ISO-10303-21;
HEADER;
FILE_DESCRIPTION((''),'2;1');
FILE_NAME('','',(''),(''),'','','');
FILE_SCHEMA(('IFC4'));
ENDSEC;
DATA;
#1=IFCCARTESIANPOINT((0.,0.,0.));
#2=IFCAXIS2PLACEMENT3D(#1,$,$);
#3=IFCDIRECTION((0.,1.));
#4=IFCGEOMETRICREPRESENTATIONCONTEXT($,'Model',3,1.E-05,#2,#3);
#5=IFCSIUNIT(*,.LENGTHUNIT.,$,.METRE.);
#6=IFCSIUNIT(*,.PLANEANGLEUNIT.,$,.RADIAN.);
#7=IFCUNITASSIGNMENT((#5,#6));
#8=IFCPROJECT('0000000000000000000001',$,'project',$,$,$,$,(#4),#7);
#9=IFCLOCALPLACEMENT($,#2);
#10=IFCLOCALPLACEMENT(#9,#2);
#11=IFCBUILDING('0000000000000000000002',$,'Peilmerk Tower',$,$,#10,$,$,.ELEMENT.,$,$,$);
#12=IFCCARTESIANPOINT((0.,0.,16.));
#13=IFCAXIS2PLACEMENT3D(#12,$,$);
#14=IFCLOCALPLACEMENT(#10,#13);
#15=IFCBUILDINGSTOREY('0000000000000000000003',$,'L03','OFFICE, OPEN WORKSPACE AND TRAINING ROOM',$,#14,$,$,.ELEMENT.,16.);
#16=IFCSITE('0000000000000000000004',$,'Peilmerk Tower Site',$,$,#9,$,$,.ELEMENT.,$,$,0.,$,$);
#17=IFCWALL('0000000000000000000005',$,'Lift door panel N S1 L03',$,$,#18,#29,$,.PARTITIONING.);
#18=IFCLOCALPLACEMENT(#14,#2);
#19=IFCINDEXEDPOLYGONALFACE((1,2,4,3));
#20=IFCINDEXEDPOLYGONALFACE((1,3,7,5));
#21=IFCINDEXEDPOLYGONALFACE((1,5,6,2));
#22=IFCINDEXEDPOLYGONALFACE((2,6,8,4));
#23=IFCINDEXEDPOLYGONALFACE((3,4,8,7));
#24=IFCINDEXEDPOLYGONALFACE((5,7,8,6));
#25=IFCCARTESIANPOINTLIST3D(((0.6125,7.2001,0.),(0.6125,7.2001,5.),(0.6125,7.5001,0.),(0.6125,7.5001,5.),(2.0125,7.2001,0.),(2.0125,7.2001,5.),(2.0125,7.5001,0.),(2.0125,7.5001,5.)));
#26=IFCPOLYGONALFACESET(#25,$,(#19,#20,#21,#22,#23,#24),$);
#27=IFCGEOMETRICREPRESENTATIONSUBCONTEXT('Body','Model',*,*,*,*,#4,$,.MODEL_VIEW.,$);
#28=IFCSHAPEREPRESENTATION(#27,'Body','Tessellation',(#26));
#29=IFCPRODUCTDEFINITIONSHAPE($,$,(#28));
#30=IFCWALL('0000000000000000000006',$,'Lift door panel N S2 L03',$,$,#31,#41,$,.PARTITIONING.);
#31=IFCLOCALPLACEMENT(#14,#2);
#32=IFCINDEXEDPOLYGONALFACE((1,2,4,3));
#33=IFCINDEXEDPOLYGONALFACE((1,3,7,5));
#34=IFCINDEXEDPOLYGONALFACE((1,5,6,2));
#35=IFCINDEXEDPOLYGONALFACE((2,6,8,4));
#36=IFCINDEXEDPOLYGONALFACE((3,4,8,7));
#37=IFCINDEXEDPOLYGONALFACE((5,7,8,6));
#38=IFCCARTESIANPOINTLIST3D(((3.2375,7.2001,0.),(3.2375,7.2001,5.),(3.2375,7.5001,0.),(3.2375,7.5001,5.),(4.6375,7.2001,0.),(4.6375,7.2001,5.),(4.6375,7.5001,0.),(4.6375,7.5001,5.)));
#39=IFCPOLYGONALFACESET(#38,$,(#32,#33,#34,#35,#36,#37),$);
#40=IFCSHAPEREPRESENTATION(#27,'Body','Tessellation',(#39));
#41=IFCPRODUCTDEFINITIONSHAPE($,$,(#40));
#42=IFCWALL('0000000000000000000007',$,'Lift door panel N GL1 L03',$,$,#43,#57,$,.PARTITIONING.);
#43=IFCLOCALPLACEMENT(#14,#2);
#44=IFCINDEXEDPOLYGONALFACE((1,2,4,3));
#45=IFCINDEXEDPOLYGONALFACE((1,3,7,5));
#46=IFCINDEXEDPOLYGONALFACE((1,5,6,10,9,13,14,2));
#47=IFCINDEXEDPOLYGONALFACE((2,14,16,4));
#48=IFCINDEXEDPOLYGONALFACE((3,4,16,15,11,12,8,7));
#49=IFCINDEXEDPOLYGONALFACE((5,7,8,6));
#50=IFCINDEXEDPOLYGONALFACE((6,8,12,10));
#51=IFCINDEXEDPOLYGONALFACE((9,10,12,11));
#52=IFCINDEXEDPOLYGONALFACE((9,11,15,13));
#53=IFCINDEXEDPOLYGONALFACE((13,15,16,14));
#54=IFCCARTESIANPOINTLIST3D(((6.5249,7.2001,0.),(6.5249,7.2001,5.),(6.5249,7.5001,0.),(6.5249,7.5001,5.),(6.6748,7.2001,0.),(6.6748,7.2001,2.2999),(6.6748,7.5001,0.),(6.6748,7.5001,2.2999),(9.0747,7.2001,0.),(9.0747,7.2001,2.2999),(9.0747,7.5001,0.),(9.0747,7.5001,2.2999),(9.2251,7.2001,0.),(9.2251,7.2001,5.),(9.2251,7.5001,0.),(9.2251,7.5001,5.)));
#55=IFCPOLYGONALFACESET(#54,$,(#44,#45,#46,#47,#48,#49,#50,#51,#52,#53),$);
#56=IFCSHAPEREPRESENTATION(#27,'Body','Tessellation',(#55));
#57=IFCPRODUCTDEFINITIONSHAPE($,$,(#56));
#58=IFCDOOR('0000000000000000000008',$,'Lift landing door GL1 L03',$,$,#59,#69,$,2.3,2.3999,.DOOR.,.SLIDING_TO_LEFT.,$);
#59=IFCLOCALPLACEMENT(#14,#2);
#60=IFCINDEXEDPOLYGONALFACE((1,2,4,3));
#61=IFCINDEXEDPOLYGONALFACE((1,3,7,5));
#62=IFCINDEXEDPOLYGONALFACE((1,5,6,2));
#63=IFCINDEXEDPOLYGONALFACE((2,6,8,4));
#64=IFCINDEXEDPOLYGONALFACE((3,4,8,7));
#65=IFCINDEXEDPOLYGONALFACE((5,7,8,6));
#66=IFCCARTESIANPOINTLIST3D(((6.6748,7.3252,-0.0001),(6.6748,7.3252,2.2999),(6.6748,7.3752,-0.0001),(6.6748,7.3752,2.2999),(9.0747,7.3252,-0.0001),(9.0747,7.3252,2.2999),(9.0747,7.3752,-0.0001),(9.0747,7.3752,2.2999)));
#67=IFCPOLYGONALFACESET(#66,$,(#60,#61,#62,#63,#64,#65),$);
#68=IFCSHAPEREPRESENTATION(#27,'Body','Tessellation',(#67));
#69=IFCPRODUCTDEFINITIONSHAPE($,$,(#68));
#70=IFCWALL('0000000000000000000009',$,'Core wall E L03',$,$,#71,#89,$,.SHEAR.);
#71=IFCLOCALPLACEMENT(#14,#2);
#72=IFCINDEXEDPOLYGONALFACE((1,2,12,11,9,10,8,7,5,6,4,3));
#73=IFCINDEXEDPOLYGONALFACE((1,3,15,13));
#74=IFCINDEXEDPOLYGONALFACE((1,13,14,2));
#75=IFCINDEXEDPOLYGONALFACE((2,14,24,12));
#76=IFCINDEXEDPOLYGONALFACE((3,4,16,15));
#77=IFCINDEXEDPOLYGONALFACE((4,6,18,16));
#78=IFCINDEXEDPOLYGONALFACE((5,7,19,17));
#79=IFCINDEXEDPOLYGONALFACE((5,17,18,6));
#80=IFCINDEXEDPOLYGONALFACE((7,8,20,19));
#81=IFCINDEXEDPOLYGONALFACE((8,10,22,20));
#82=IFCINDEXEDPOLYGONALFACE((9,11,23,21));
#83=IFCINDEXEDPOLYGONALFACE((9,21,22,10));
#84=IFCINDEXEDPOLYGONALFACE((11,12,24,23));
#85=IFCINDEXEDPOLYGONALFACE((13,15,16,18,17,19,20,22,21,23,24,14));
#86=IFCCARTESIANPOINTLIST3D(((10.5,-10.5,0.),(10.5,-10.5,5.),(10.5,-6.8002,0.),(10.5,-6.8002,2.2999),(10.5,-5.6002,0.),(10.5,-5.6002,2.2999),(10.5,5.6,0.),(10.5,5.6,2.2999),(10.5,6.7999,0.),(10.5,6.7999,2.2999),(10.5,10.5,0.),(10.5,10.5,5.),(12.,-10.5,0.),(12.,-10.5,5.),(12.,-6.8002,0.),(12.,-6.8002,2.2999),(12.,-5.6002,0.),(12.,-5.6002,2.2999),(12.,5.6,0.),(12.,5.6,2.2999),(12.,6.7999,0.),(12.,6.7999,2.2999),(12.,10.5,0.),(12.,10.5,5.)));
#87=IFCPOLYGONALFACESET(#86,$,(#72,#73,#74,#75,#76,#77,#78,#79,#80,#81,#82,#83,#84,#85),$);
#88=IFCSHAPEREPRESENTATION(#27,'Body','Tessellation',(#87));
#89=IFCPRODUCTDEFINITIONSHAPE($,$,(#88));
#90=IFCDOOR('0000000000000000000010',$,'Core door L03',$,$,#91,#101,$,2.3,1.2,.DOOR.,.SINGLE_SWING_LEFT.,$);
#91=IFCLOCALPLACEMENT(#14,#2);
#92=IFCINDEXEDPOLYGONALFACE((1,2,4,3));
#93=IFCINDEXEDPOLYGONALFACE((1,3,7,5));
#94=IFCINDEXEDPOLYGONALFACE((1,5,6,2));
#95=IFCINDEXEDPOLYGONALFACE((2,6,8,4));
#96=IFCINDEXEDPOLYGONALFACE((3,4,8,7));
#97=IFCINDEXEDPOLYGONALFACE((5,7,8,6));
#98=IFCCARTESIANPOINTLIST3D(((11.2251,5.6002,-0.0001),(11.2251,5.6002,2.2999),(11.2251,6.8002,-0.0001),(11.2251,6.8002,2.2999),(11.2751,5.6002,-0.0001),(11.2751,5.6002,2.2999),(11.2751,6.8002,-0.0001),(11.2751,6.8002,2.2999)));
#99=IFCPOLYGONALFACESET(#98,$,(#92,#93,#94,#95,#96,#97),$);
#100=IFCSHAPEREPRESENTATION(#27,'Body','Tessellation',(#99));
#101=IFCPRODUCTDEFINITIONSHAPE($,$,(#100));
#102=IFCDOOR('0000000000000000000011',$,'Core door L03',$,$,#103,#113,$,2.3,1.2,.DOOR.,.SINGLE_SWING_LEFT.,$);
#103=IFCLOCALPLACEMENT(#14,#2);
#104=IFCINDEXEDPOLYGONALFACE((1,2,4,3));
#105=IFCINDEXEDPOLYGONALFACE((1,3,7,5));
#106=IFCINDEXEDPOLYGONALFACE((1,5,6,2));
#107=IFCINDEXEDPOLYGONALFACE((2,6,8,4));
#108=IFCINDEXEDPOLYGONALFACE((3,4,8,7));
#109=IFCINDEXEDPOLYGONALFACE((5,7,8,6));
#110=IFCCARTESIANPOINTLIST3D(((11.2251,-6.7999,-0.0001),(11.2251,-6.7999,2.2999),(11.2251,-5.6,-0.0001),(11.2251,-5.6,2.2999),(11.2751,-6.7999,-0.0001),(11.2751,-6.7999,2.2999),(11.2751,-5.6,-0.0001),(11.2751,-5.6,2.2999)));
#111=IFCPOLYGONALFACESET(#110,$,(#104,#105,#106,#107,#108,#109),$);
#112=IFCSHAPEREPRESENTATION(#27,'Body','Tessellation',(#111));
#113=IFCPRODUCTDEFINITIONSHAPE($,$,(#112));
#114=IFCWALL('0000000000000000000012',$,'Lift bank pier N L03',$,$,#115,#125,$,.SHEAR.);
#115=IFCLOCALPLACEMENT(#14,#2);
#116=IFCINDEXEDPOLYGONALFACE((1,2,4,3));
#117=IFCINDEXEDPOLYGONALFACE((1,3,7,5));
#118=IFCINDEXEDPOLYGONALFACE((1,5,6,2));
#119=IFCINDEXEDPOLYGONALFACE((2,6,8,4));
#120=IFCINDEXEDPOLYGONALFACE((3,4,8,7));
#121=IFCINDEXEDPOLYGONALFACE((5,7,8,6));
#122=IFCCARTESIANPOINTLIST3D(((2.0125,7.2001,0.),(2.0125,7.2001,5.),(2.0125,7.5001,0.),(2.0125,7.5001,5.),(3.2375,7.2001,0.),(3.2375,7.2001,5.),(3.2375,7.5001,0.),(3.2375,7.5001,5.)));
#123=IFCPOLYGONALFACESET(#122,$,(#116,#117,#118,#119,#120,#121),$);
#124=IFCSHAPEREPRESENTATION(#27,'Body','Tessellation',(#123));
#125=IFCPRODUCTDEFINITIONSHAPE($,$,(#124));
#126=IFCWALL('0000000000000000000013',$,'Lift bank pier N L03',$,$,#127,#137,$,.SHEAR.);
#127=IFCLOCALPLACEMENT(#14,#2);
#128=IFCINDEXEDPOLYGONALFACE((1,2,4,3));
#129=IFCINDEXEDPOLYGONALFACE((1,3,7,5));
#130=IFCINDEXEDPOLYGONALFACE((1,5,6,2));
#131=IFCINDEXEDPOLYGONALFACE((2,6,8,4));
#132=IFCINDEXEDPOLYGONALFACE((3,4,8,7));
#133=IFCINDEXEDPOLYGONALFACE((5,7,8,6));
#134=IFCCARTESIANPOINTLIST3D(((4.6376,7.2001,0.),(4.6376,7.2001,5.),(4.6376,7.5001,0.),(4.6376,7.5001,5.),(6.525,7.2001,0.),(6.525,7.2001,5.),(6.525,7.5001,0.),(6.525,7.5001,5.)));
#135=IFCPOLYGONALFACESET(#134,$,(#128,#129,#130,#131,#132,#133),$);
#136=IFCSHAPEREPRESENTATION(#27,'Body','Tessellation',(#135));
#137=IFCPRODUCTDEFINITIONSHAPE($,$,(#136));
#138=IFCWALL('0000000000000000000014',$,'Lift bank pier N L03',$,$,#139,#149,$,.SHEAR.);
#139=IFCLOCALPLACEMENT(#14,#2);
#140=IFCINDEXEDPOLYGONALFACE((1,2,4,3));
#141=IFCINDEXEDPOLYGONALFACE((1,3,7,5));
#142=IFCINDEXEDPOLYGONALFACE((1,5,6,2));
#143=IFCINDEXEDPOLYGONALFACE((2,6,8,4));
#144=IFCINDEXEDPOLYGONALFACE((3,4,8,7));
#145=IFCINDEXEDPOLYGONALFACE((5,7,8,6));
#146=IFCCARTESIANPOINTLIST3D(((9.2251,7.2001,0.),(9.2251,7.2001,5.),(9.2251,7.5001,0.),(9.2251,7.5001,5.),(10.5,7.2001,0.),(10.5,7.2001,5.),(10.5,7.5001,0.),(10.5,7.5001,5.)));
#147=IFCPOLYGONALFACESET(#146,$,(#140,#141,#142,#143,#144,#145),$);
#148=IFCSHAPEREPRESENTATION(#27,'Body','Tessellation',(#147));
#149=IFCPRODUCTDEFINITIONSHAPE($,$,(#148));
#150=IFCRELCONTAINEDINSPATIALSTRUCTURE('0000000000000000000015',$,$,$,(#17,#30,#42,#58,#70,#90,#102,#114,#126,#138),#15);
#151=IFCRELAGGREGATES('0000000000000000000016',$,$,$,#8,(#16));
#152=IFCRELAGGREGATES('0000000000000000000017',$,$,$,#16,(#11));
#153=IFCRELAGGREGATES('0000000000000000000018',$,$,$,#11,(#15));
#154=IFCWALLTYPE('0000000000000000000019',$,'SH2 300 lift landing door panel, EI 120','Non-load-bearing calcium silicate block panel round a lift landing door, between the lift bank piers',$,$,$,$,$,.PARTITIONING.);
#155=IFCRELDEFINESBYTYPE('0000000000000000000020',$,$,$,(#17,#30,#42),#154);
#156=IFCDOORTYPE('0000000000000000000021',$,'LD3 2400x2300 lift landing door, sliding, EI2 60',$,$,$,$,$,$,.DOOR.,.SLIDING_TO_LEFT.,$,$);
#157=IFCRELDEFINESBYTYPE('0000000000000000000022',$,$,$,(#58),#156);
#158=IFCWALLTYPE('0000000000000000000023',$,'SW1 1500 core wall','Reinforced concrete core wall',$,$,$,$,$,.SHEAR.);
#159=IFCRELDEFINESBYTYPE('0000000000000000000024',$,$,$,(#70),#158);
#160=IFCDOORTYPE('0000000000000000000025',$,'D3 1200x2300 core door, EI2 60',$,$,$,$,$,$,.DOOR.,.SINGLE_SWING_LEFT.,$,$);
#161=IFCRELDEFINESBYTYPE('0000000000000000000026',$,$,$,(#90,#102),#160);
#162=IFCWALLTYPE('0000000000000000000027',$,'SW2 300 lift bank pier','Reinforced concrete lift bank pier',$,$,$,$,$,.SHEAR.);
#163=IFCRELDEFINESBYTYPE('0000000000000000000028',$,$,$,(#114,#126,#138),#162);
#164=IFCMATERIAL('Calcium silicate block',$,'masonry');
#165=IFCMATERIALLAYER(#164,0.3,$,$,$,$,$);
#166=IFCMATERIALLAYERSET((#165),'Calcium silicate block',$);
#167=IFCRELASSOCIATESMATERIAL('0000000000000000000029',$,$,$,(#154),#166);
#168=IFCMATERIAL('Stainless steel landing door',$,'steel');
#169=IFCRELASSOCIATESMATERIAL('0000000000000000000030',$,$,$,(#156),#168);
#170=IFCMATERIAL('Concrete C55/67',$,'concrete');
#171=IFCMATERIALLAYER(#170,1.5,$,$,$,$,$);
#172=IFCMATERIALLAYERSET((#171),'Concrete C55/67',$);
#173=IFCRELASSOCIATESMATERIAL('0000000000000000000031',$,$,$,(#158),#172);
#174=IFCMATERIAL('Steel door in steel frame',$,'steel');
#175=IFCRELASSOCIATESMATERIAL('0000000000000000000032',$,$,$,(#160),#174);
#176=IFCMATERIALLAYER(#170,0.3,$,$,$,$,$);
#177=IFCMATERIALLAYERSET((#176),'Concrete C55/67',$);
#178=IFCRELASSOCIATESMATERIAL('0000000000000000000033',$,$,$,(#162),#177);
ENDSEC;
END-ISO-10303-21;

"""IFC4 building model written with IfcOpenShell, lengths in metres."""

from ifc_helpers import new_model, si_unit, direction, frame, frame_2d, origin, place, context, subcontext, project, spatial, rectangle, extrude, material, layer, layer_set, type_object, element, fill, save


model = new_model("IFC4")

# Units and contexts
model_context = context("Model", 3, precision=1e-05, world=origin(), true_north=direction((0.0, 1.0)))
body_context = subcontext(model_context, "Body", "Model", "MODEL_VIEW")
ifc_project = project(units=[si_unit("LENGTHUNIT", "METRE"), si_unit("PLANEANGLEUNIT", "RADIAN")], contexts=[model_context])

# Site, building, storey
site_placement = place(None, origin())
site = spatial("IfcSite", under=ifc_project, at=site_placement, Name="Peilmerk Tower Site", CompositionType="ELEMENT", RefElevation=0.0)
building_placement = place(site_placement, origin())
building = spatial("IfcBuilding", under=site, at=building_placement, Name="Peilmerk Tower", CompositionType="ELEMENT")
storey_placement = place(building_placement, frame((0.0, 0.0, 16.0)))
storey = spatial("IfcBuildingStorey", under=building, at=storey_placement, Name="L03", Description="OFFICE, OPEN WORKSPACE AND TRAINING ROOM", CompositionType="ELEMENT", Elevation=16.0)

# Shared definitions
ifc_material_1 = material(Name="Steel door in steel frame", Category="steel")

# Walls
ifc_material_2 = material(Name="Calcium silicate block", Category="masonry")
ifc_layer_1 = layer(ifc_material_2, 0.3)
ifc_layer_set_1 = layer_set([ifc_layer_1], Name="Calcium silicate block")
wall_type_1 = type_object("IfcWallType", Name="SH2 300 lift landing door panel, EI 120", Description="Non-load-bearing calcium silicate block panel round a lift landing door, between the lift bank piers", PredefinedType="PARTITIONING", material=ifc_layer_set_1)
for number, where, z_axis, x_axis, name in (
    (1, (0.6125, 7.3501, 0.0), (0.0, 0.0, 1.0), (1.0, 0.0, 0.0), "Lift door panel N S1 L03"),
    (2, (3.2375, 7.3501, 0.0), (0.0, 0.0, 1.0), (1.0, 0.0, 0.0), "Lift door panel N S2 L03"),
):
    element("IfcWall", number, at=place(storey_placement, frame(where, z_axis=z_axis, x_axis=x_axis)), inside=storey, type_object=wall_type_1, Name=name, PredefinedType="PARTITIONING", context=body_context, shape_type="SweptSolid", body=[
        extrude(rectangle(XDim=1.3999, YDim=0.3, at=frame_2d((0.7, 0.0))), origin(), (0.0, 0.0, 1.0), 5.0),
    ])

# Wall, opening, door
wall_1_placement = place(storey_placement, frame((6.5249, 7.3501, 0.0), z_axis=(0.0, 0.0, 1.0), x_axis=(1.0, 0.0, 0.0)))
wall_1 = element("IfcWall", 3, at=wall_1_placement, inside=storey, type_object=wall_type_1, Name="Lift door panel N GL1 L03", PredefinedType="PARTITIONING", context=body_context, shape_type="SweptSolid", body=[
    extrude(rectangle(XDim=2.7002, YDim=0.3, at=frame_2d((1.3501, 0.0))), origin(), (0.0, 0.0, 1.0), 5.0),
])
opening_1_placement = place(wall_1_placement, frame((0.1499, 0.0, 0.0)))
opening_1 = element("IfcOpeningElement", 4, at=opening_1_placement, cuts=wall_1, PredefinedType="OPENING", context=body_context, shape_type="SweptSolid", body=[
    extrude(rectangle(XDim=2.3999, YDim=2.3, at=frame_2d((1.2, 1.1499))), frame((0.0, 0.1599, 0.0), z_axis=(0.0, -1.0, 0.0), x_axis=(1.0, 0.0, 0.0)), (0.0, 0.0, 1.0), 0.3201),
])
ifc_material_3 = material(Name="Stainless steel landing door", Category="steel")
door_type_1 = type_object("IfcDoorType", Name="LD3 2400x2300 lift landing door, sliding, EI2 60", OperationType="SLIDING_TO_LEFT", PredefinedType="DOOR", material=ifc_material_3)
door_1_placement = place(opening_1_placement, frame((2.3999, 0.0, 0.0), z_axis=(0.0, 0.0, 1.0), x_axis=(-1.0, 0.0, 0.0)))
door_1 = element("IfcDoor", 5, at=door_1_placement, inside=storey, type_object=door_type_1, Name="Lift landing door GL1 L03", OperationType="SLIDING_TO_LEFT", OverallHeight=2.3, OverallWidth=2.3999, PredefinedType="DOOR", context=body_context, shape_type="SweptSolid", body=[
    extrude(rectangle(XDim=2.3999, YDim=2.3, at=frame_2d((1.2, 1.1499))), frame((0.0, 0.0249, 0.0), z_axis=(0.0, -1.0, 0.0), x_axis=(1.0, 0.0, 0.0)), (0.0, 0.0, 1.0), 0.05),
])
fill(opening_1, door_1)

# Wall, openings, doors
ifc_material_4 = material(Name="Concrete C55/67", Category="concrete")
ifc_layer_2 = layer(ifc_material_4, 1.5)
ifc_layer_set_2 = layer_set([ifc_layer_2], Name="Concrete C55/67")
wall_type_2 = type_object("IfcWallType", Name="SW1 1500 core wall", Description="Reinforced concrete core wall", PredefinedType="SHEAR", material=ifc_layer_set_2)
wall_2_placement = place(storey_placement, frame((11.25, 10.5, 0.0), z_axis=(0.0, 0.0, 1.0), x_axis=(0.0, -1.0, 0.0)))
wall_2 = element("IfcWall", 6, at=wall_2_placement, inside=storey, type_object=wall_type_2, Name="Core wall E L03", PredefinedType="SHEAR", context=body_context, shape_type="SweptSolid", body=[
    extrude(rectangle(XDim=21.0, YDim=1.5, at=frame_2d((10.5, 0.0))), origin(), (0.0, 0.0, 1.0), 5.0),
])
opening_2_placement = place(wall_2_placement, frame((3.7, 0.0, 0.0)))
opening_2 = element("IfcOpeningElement", 7, at=opening_2_placement, cuts=wall_2, PredefinedType="OPENING", context=body_context, shape_type="SweptSolid", body=[
    extrude(rectangle(XDim=1.2, YDim=2.3, at=frame_2d((0.6001, 1.1499))), frame((0.0, 0.76, 0.0), z_axis=(0.0, -1.0, 0.0), x_axis=(1.0, 0.0, 0.0)), (0.0, 0.0, 1.0), 1.52),
])
opening_3_placement = place(wall_2_placement, frame((16.1001, 0.0, 0.0)))
opening_3 = element("IfcOpeningElement", 8, at=opening_3_placement, cuts=wall_2, PredefinedType="OPENING", context=body_context, shape_type="SweptSolid", body=[
    extrude(rectangle(XDim=1.2, YDim=2.3, at=frame_2d((0.6001, 1.1499))), frame((0.0, 0.76, 0.0), z_axis=(0.0, -1.0, 0.0), x_axis=(1.0, 0.0, 0.0)), (0.0, 0.0, 1.0), 1.52),
])
door_type_2 = type_object("IfcDoorType", Name="D3 1200x2300 core door, EI2 60", OperationType="SINGLE_SWING_LEFT", PredefinedType="DOOR", material=ifc_material_1)
door_2_placement = place(opening_2_placement, frame((1.2, 0.0, 0.0), z_axis=(0.0, 0.0, 1.0), x_axis=(-1.0, 0.0, 0.0)))
door_2 = element("IfcDoor", 9, at=door_2_placement, inside=storey, type_object=door_type_2, Name="Core door L03", OperationType="SINGLE_SWING_LEFT", OverallHeight=2.3, OverallWidth=1.2, PredefinedType="DOOR", context=body_context, shape_type="SweptSolid", body=[
    extrude(rectangle(XDim=1.2, YDim=2.3, at=frame_2d((0.6001, 1.1499))), frame((0.0, 0.0249, 0.0), z_axis=(0.0, -1.0, 0.0), x_axis=(1.0, 0.0, 0.0)), (0.0, 0.0, 1.0), 0.05),
])
fill(opening_2, door_2)
door_3_placement = place(opening_3_placement, frame((1.2, 0.0, 0.0), z_axis=(0.0, 0.0, 1.0), x_axis=(-1.0, 0.0, 0.0)))
door_3 = element("IfcDoor", 10, at=door_3_placement, inside=storey, type_object=door_type_2, Name="Core door L03", OperationType="SINGLE_SWING_LEFT", OverallHeight=2.3, OverallWidth=1.2, PredefinedType="DOOR", context=body_context, shape_type="SweptSolid", body=[
    extrude(rectangle(XDim=1.2, YDim=2.3, at=frame_2d((0.6001, 1.1499))), frame((0.0, 0.0249, 0.0), z_axis=(0.0, -1.0, 0.0), x_axis=(1.0, 0.0, 0.0)), (0.0, 0.0, 1.0), 0.05),
])
fill(opening_3, door_3)

# Walls
ifc_layer_3 = layer(ifc_material_4, 0.3)
ifc_layer_set_3 = layer_set([ifc_layer_3], Name="Concrete C55/67")
wall_type_3 = type_object("IfcWallType", Name="SW2 300 lift bank pier", Description="Reinforced concrete lift bank pier", PredefinedType="SHEAR", material=ifc_layer_set_3)
wall_3_placement = place(storey_placement, frame((2.0125, 7.3501, 0.0), z_axis=(0.0, 0.0, 1.0), x_axis=(1.0, 0.0, 0.0)))
element("IfcWall", 11, at=wall_3_placement, inside=storey, type_object=wall_type_3, Name="Lift bank pier N L03", PredefinedType="SHEAR", context=body_context, shape_type="SweptSolid", body=[
    extrude(rectangle(XDim=1.2251, YDim=0.3, at=frame_2d((0.6125, 0.0))), origin(), (0.0, 0.0, 1.0), 5.0),
])
wall_4_placement = place(storey_placement, frame((4.6375, 7.3501, 0.0), z_axis=(0.0, 0.0, 1.0), x_axis=(1.0, 0.0, 0.0)))
element("IfcWall", 12, at=wall_4_placement, inside=storey, type_object=wall_type_3, Name="Lift bank pier N L03", PredefinedType="SHEAR", context=body_context, shape_type="SweptSolid", body=[
    extrude(rectangle(XDim=1.8875, YDim=0.3, at=frame_2d((0.9438, 0.0))), origin(), (0.0, 0.0, 1.0), 5.0),
])
wall_5_placement = place(storey_placement, frame((9.2251, 7.3501, 0.0), z_axis=(0.0, 0.0, 1.0), x_axis=(1.0, 0.0, 0.0)))
element("IfcWall", 13, at=wall_5_placement, inside=storey, type_object=wall_type_3, Name="Lift bank pier N L03", PredefinedType="SHEAR", context=body_context, shape_type="SweptSolid", body=[
    extrude(rectangle(XDim=1.2749, YDim=0.3, at=frame_2d((0.6375, 0.0))), origin(), (0.0, 0.0, 1.0), 5.0),
])

save(model, "model.ifc")
